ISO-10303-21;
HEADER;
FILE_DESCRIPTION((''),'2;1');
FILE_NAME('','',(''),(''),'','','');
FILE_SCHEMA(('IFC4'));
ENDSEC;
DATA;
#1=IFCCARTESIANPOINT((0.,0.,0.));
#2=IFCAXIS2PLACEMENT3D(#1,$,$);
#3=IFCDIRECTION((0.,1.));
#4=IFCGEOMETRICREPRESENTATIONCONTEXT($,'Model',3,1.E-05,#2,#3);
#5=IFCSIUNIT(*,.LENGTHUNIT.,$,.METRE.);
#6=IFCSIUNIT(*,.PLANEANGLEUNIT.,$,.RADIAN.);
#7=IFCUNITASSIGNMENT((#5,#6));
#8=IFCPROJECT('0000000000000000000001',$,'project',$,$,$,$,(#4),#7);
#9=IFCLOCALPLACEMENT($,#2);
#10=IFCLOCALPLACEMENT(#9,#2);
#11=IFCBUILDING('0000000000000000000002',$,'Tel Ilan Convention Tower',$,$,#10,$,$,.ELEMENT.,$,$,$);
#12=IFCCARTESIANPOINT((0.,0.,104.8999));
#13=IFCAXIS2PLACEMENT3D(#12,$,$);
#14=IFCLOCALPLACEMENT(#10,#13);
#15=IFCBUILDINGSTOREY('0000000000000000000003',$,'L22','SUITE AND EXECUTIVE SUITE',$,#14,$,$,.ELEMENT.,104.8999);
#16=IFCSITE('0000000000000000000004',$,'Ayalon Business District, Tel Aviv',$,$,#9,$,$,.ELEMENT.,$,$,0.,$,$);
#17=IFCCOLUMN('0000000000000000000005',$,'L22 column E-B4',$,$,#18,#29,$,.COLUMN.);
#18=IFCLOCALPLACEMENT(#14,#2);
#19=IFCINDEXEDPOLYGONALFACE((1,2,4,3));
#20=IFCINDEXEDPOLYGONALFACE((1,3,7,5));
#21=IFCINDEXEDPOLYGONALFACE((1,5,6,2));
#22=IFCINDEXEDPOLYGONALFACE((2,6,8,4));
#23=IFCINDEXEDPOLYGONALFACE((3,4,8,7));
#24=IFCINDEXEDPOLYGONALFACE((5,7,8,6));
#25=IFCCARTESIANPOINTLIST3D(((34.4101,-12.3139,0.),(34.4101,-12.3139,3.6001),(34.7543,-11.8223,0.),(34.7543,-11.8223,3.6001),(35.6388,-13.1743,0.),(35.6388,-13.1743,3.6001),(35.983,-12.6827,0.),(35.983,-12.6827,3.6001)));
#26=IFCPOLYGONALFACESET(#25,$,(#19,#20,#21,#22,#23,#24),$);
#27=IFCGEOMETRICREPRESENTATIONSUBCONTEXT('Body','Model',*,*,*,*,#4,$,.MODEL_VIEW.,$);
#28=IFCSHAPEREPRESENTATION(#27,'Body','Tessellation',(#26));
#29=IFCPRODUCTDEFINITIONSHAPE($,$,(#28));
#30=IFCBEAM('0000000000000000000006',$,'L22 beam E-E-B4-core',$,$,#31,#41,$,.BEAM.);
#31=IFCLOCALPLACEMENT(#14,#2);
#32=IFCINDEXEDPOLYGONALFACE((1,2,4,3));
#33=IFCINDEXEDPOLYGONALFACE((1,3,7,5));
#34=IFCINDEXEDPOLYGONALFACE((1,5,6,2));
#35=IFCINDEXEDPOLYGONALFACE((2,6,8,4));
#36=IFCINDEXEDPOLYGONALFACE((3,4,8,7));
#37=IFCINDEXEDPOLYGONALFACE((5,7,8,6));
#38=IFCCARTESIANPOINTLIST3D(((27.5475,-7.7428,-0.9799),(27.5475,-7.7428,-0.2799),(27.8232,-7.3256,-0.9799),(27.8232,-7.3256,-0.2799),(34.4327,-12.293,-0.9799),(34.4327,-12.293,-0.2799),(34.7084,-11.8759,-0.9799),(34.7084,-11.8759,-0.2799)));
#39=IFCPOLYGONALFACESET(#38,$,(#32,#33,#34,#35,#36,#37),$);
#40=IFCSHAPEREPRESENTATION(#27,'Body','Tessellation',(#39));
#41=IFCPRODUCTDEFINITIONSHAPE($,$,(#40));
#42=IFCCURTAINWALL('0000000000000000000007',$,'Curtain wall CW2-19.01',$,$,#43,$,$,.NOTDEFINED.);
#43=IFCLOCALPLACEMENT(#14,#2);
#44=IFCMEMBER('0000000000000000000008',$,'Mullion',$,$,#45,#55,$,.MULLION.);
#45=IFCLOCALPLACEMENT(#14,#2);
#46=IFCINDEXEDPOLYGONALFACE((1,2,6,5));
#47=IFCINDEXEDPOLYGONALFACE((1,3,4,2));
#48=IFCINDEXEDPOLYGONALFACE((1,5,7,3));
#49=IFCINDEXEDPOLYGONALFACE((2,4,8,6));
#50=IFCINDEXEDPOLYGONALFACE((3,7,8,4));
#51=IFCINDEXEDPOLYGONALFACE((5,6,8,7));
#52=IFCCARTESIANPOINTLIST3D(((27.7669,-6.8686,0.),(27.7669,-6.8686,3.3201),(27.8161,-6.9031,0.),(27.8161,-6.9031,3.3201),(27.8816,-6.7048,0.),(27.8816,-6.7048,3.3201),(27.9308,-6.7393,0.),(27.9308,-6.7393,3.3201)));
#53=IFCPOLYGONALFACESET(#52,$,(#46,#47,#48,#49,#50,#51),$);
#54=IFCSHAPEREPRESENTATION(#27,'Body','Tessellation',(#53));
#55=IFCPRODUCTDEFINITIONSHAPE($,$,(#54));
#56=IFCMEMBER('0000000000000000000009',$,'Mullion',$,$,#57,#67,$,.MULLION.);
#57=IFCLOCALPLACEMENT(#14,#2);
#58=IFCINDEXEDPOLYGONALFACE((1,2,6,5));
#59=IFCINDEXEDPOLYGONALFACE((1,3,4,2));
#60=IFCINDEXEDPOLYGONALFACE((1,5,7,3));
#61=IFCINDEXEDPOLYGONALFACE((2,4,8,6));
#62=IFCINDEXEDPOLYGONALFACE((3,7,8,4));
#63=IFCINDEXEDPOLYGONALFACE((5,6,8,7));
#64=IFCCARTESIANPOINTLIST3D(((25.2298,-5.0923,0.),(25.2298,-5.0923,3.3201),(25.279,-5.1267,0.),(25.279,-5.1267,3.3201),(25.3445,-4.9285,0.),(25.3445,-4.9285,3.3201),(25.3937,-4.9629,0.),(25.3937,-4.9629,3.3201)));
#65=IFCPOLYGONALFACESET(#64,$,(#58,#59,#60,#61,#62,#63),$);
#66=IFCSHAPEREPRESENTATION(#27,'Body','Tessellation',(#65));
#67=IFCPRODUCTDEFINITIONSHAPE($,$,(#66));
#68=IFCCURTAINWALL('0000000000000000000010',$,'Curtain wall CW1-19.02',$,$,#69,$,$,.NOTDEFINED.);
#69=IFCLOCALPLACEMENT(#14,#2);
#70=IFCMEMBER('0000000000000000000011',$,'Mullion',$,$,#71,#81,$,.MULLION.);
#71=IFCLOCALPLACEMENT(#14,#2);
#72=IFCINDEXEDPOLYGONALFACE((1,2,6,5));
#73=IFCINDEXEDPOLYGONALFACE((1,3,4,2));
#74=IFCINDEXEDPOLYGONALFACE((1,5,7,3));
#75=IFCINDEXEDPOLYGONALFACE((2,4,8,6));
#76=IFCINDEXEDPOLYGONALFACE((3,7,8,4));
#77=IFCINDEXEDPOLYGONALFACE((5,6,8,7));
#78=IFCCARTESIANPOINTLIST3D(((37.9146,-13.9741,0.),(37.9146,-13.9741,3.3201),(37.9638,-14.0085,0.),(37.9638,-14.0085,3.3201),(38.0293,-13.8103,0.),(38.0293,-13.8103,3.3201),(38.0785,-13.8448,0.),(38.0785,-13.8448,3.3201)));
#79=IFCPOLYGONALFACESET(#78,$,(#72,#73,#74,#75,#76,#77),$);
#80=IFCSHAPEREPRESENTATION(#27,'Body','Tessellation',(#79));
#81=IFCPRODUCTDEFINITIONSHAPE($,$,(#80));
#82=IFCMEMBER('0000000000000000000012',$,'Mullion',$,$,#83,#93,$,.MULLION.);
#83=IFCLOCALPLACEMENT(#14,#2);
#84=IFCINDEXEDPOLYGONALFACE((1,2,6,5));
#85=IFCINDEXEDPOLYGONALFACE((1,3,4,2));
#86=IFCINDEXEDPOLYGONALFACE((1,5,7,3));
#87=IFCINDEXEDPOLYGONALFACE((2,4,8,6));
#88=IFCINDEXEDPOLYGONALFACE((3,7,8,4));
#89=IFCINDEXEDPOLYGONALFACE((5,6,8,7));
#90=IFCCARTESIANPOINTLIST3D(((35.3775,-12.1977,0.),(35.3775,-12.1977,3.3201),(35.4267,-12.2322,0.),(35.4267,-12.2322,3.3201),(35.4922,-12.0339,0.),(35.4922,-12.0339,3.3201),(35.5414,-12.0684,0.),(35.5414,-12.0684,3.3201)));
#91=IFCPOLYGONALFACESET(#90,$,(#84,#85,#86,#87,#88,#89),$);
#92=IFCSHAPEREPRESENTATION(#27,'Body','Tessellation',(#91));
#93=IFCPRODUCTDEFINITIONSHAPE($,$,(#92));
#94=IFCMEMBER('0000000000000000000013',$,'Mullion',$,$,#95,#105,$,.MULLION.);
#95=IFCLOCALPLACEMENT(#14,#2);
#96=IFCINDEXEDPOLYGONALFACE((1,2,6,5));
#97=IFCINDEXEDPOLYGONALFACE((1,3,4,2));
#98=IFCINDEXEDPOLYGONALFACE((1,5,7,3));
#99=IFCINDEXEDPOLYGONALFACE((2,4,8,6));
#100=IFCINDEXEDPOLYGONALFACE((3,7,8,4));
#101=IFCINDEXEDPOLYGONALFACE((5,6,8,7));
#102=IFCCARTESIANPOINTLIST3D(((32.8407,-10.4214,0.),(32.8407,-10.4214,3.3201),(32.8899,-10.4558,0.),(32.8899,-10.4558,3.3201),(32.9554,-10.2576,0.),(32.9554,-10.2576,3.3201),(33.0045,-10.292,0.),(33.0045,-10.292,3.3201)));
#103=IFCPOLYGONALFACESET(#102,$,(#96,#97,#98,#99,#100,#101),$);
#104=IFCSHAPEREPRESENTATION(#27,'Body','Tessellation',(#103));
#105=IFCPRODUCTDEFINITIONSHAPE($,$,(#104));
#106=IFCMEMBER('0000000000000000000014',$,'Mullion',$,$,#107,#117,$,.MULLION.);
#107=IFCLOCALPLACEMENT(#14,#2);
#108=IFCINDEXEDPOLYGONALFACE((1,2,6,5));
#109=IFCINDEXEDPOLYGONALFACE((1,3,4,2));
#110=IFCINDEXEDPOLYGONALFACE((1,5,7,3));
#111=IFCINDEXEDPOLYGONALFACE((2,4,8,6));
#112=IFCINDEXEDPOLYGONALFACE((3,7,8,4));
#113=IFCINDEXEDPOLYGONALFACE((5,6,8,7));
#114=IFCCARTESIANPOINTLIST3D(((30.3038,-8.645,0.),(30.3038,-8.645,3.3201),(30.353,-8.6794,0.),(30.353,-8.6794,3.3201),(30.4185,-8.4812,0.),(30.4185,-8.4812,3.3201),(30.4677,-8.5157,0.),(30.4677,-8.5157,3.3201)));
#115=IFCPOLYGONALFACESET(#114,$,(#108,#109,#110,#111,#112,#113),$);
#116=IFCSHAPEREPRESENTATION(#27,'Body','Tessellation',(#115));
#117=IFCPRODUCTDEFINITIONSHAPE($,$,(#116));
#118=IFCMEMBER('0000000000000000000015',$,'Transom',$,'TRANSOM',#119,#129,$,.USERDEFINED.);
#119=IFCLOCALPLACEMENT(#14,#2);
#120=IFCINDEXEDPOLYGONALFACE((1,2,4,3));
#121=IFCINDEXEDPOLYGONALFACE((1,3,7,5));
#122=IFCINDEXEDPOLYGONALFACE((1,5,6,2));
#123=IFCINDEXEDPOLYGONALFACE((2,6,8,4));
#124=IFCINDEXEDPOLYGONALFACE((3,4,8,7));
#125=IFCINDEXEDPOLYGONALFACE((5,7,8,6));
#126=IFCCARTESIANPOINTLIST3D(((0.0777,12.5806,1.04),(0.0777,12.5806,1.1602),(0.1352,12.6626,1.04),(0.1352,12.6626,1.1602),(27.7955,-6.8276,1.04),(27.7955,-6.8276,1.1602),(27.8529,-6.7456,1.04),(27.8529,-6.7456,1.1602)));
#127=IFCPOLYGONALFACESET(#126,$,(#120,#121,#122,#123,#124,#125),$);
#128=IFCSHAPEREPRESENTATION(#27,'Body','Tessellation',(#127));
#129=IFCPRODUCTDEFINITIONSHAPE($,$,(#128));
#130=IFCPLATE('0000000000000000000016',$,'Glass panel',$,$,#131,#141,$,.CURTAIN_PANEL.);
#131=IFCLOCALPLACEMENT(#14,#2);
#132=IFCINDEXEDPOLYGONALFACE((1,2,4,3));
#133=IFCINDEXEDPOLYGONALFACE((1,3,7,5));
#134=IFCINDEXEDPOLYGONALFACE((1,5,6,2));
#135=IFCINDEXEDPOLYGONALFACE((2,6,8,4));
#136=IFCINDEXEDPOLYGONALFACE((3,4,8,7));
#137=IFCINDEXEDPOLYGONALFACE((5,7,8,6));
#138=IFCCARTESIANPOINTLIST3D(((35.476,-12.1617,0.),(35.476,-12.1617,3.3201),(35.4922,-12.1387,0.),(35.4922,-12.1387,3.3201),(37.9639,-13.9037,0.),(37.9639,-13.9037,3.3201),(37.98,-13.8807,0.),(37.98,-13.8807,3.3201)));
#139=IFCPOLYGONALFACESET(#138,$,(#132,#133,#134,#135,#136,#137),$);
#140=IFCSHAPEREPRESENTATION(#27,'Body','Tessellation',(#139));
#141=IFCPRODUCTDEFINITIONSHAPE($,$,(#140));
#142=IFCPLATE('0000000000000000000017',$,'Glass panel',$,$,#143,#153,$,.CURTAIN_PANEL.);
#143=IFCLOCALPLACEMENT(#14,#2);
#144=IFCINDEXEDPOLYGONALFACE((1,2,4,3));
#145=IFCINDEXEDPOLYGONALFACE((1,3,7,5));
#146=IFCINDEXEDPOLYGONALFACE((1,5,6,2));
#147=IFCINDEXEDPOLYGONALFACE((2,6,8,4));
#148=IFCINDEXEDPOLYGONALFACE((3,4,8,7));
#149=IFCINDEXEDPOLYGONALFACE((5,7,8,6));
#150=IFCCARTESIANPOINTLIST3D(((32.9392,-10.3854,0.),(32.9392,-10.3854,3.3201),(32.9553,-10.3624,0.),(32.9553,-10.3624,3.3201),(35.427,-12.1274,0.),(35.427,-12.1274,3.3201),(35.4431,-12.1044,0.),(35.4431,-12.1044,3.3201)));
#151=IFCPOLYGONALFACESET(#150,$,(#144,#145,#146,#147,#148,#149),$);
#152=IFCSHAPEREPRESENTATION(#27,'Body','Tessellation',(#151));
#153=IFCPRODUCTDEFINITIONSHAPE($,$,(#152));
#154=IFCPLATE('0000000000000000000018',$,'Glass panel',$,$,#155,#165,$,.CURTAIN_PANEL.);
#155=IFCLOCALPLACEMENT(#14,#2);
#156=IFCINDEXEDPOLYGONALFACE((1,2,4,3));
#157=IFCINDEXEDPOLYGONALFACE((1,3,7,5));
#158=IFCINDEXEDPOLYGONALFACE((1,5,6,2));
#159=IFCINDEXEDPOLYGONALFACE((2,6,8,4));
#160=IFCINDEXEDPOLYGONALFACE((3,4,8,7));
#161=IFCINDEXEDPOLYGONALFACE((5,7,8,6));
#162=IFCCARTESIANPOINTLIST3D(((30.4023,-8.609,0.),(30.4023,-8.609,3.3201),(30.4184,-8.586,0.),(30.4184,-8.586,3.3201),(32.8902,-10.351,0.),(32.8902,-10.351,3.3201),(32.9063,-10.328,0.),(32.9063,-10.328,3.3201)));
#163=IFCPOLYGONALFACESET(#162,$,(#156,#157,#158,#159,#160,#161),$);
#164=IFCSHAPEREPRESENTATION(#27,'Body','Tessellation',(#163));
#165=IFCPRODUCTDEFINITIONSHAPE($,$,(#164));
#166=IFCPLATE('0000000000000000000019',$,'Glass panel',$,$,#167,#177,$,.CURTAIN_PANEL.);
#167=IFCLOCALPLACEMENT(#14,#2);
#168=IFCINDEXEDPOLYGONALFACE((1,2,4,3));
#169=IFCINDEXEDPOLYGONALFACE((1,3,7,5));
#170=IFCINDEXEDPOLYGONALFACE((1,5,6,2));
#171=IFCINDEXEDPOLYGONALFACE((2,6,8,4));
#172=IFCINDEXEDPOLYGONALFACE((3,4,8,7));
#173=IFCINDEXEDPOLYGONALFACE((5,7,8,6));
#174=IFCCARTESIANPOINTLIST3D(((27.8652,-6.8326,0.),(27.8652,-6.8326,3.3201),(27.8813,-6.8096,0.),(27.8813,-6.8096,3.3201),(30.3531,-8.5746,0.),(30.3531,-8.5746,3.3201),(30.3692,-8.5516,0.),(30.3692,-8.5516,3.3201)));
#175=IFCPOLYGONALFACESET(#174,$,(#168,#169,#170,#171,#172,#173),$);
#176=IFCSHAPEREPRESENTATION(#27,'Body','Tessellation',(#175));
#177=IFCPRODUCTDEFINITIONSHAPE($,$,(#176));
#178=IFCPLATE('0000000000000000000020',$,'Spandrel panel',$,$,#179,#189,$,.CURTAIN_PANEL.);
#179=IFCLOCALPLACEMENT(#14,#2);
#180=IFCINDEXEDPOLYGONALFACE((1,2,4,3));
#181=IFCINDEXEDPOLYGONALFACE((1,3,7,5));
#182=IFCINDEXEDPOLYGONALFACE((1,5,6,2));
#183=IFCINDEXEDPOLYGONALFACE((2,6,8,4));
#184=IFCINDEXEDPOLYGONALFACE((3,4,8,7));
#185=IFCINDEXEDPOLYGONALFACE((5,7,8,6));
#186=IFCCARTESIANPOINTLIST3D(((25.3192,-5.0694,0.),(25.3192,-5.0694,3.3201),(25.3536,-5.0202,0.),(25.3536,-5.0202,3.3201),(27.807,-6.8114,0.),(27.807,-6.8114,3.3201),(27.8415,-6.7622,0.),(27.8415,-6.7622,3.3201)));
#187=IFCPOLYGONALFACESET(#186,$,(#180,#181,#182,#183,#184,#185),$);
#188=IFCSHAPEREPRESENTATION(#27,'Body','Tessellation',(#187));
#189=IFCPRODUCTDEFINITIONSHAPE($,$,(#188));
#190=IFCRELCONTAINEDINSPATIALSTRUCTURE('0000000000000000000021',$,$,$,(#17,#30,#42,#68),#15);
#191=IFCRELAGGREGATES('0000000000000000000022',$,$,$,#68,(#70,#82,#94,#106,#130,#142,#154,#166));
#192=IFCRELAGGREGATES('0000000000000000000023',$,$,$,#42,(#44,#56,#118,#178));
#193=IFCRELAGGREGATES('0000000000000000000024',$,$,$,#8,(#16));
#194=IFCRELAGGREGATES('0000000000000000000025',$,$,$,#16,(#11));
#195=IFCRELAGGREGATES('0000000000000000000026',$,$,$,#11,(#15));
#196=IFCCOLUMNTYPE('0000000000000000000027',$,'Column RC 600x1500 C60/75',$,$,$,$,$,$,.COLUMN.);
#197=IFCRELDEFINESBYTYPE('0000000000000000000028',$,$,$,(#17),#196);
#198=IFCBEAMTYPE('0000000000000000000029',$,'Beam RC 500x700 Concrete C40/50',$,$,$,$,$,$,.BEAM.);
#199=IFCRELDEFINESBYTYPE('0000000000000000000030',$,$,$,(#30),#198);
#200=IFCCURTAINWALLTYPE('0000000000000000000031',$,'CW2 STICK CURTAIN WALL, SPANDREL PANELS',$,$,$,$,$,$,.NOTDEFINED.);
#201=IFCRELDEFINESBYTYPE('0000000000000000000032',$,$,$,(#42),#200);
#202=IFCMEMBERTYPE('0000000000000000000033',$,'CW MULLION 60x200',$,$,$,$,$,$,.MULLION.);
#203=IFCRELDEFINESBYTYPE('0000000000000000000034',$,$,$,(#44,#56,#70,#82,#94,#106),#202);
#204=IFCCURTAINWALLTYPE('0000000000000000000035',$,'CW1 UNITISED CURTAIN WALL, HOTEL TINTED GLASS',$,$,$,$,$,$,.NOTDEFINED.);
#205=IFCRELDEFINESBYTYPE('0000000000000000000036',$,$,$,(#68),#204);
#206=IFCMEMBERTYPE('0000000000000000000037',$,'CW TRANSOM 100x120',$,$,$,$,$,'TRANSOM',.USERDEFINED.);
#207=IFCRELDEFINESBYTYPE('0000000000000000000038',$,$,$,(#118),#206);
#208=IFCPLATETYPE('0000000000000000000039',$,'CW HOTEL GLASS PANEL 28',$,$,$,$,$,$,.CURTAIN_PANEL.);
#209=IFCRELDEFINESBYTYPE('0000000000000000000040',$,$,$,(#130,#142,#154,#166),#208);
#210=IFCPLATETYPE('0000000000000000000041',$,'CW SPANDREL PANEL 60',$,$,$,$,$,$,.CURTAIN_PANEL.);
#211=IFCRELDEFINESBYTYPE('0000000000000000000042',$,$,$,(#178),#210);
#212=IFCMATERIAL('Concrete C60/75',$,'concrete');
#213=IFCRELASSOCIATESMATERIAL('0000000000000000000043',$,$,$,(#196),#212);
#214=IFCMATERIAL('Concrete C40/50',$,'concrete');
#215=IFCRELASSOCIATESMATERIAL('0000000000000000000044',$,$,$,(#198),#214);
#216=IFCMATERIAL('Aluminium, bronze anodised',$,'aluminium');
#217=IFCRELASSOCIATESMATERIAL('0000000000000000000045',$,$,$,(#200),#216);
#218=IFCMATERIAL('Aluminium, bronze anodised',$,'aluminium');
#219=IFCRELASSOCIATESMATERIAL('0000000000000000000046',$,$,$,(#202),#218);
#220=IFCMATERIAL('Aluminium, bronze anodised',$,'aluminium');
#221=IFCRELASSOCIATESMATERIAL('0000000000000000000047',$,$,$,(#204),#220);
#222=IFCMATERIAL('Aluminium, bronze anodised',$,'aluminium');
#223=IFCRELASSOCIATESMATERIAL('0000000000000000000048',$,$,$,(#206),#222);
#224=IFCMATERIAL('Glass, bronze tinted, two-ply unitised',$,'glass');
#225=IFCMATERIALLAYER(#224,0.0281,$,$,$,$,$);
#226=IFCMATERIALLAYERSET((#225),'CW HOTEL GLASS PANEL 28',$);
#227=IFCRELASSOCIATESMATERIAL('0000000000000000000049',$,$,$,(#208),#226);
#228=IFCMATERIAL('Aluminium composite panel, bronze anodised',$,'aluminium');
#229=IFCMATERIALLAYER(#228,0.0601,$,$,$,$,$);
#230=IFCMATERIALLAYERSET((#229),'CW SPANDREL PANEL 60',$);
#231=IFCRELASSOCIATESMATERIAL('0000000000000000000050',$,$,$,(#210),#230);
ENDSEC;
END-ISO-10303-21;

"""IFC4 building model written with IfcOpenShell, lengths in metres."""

from ifc_helpers import new_model, si_unit, direction, frame, origin, origin_2d, place, context, subcontext, project, spatial, rectangle, extrude, material, layer, layer_set, material_profile, profile_set, type_object, element, aggregate, save


model = new_model("IFC4")

# Units and contexts
model_context = context("Model", 3, precision=1e-05, world=origin(), true_north=direction((0.0, 1.0)))
body_context = subcontext(model_context, "Body", "Model", "MODEL_VIEW")
ifc_project = project(units=[si_unit("LENGTHUNIT", "METRE"), si_unit("PLANEANGLEUNIT", "RADIAN")], contexts=[model_context])

# Site, building, storey
site_placement = place(None, origin())
site = spatial("IfcSite", under=ifc_project, at=site_placement, Name="Ayalon Business District, Tel Aviv", CompositionType="ELEMENT", RefElevation=0.0)
building_placement = place(site_placement, origin())
building = spatial("IfcBuilding", under=site, at=building_placement, Name="Tel Ilan Convention Tower", CompositionType="ELEMENT")
storey_placement = place(building_placement, frame((0.0, 0.0, 104.8999)))
storey = spatial("IfcBuildingStorey", under=building, at=storey_placement, Name="L22", Description="SUITE AND EXECUTIVE SUITE", CompositionType="ELEMENT", Elevation=104.8999)

# Column
ifc_material_1 = material(Name="Concrete C60/75", Category="concrete")
ifc_material_profile_1 = material_profile(ifc_material_1, rectangle(XDim=1.5, YDim=0.6001, at=origin_2d()), Name="RC 600x1500")
ifc_profile_set_1 = profile_set([ifc_material_profile_1], Name="Concrete C60/75")
column_type = type_object("IfcColumnType", Name="Column RC 600x1500 C60/75", PredefinedType="COLUMN", material=ifc_profile_set_1)
column_placement = place(storey_placement, frame((35.1965, -12.4983, 0.0), z_axis=(0.0, 0.0, 1.0), x_axis=(0.819152, -0.573576, 0.0)))
element("IfcColumn", 1, at=column_placement, inside=storey, type_object=column_type, Name="L22 column E-B4", PredefinedType="COLUMN", context=body_context, shape_type="SweptSolid", body=[
    extrude(rectangle(XDim=1.5, YDim=0.6001, at=origin_2d()), origin(), (0.0, 0.0, 1.0), 3.6001),
])

# Beam
ifc_material_2 = material(Name="Concrete C40/50", Category="concrete")
ifc_material_profile_2 = material_profile(ifc_material_2, rectangle(XDim=0.5, YDim=0.7, at=origin_2d()), Name="RC 500x700")
ifc_profile_set_2 = profile_set([ifc_material_profile_2], Name="Concrete C40/50")
beam_type = type_object("IfcBeamType", Name="Beam RC 500x700 Concrete C40/50", PredefinedType="BEAM", material=ifc_profile_set_2)
beam_placement = place(storey_placement, frame((34.5706, -12.0845, -0.6299), z_axis=(-0.834274, 0.551351, 0.0), x_axis=(-0.551351, -0.834274, 0.0)))
element("IfcBeam", 2, at=beam_placement, inside=storey, type_object=beam_type, Name="L22 beam E-E-B4-core", PredefinedType="BEAM", context=body_context, shape_type="SweptSolid", body=[
    extrude(rectangle(XDim=0.5, YDim=0.7, at=origin_2d()), origin(), (0.0, 0.0, 1.0), 8.2529),
])

# Curtain walls, members
ifc_material_3 = material(Name="Aluminium, bronze anodised", Category="aluminium")
curtain_wall_type_1 = type_object("IfcCurtainWallType", Name="CW2 STICK CURTAIN WALL, SPANDREL PANELS", PredefinedType="NOTDEFINED", material=ifc_material_3)
curtain_wall_1_placement = place(storey_placement, origin())
curtain_wall_1 = element("IfcCurtainWall", 3, at=curtain_wall_1_placement, inside=storey, type_object=curtain_wall_type_1, Name="Curtain wall CW2-19.01", PredefinedType="NOTDEFINED")
ifc_material_4 = material(Name="Aluminium, bronze anodised", Category="aluminium")
ifc_material_profile_3 = material_profile(ifc_material_4, rectangle(XDim=0.0601, YDim=0.2, at=origin_2d()), Name="CW MULLION 60x200")
ifc_profile_set_3 = profile_set([ifc_material_profile_3], Name="Aluminium, bronze anodised")
member_type_1 = type_object("IfcMemberType", Name="CW MULLION 60x200", PredefinedType="MULLION", material=ifc_profile_set_3)
member_1_placement = place(storey_placement, frame((27.8489, -6.804, 0.0), z_axis=(0.0, 0.0, 1.0), x_axis=(-0.819152, 0.573576, 0.0)))
member_1 = element("IfcMember", 4, at=member_1_placement, type_object=member_type_1, Name="Mullion", PredefinedType="MULLION", context=body_context, shape_type="SweptSolid", body=[
    extrude(rectangle(XDim=0.0601, YDim=0.2, at=origin_2d()), origin(), (0.0, 0.0, 1.0), 3.3201),
])
member_2_placement = place(storey_placement, frame((25.3118, -5.0276, 0.0), z_axis=(0.0, 0.0, 1.0), x_axis=(-0.819152, 0.573576, 0.0)))
member_2 = element("IfcMember", 5, at=member_2_placement, type_object=member_type_1, Name="Mullion", PredefinedType="MULLION", context=body_context, shape_type="SweptSolid", body=[
    extrude(rectangle(XDim=0.0601, YDim=0.2, at=origin_2d()), origin(), (0.0, 0.0, 1.0), 3.3201),
])
ifc_material_5 = material(Name="Aluminium, bronze anodised", Category="aluminium")
curtain_wall_type_2 = type_object("IfcCurtainWallType", Name="CW1 UNITISED CURTAIN WALL, HOTEL TINTED GLASS", PredefinedType="NOTDEFINED", material=ifc_material_5)
curtain_wall_2_placement = place(storey_placement, origin())
curtain_wall_2 = element("IfcCurtainWall", 6, at=curtain_wall_2_placement, inside=storey, type_object=curtain_wall_type_2, Name="Curtain wall CW1-19.02", PredefinedType="NOTDEFINED")
member_3_placement = place(storey_placement, frame((37.9966, -13.9094, 0.0), z_axis=(0.0, 0.0, 1.0), x_axis=(-0.819152, 0.573576, 0.0)))
member_3 = element("IfcMember", 7, at=member_3_placement, type_object=member_type_1, Name="Mullion", PredefinedType="MULLION", context=body_context, shape_type="SweptSolid", body=[
    extrude(rectangle(XDim=0.0601, YDim=0.2, at=origin_2d()), origin(), (0.0, 0.0, 1.0), 3.3201),
])
member_4_placement = place(storey_placement, frame((35.4595, -12.1331, 0.0), z_axis=(0.0, 0.0, 1.0), x_axis=(-0.819152, 0.573576, 0.0)))
member_4 = element("IfcMember", 8, at=member_4_placement, type_object=member_type_1, Name="Mullion", PredefinedType="MULLION", context=body_context, shape_type="SweptSolid", body=[
    extrude(rectangle(XDim=0.0601, YDim=0.2, at=origin_2d()), origin(), (0.0, 0.0, 1.0), 3.3201),
])
member_5_placement = place(storey_placement, frame((32.9226, -10.3567, 0.0), z_axis=(0.0, 0.0, 1.0), x_axis=(-0.819152, 0.573576, 0.0)))
member_5 = element("IfcMember", 9, at=member_5_placement, type_object=member_type_1, Name="Mullion", PredefinedType="MULLION", context=body_context, shape_type="SweptSolid", body=[
    extrude(rectangle(XDim=0.0601, YDim=0.2, at=origin_2d()), origin(), (0.0, 0.0, 1.0), 3.3201),
])
member_6_placement = place(storey_placement, frame((30.3857, -8.5803, 0.0), z_axis=(0.0, 0.0, 1.0), x_axis=(-0.819152, 0.573576, 0.0)))
member_6 = element("IfcMember", 10, at=member_6_placement, type_object=member_type_1, Name="Mullion", PredefinedType="MULLION", context=body_context, shape_type="SweptSolid", body=[
    extrude(rectangle(XDim=0.0601, YDim=0.2, at=origin_2d()), origin(), (0.0, 0.0, 1.0), 3.3201),
])

# Member
ifc_material_6 = material(Name="Aluminium, bronze anodised", Category="aluminium")
ifc_material_profile_4 = material_profile(ifc_material_6, rectangle(XDim=0.1001, YDim=0.1201, at=origin_2d()), Name="CW TRANSOM 100x120")
ifc_profile_set_4 = profile_set([ifc_material_profile_4], Name="Aluminium, bronze anodised")
member_type_2 = type_object("IfcMemberType", Name="CW TRANSOM 100x120", ElementType="TRANSOM", PredefinedType="USERDEFINED", material=ifc_profile_set_4)
member_7_placement = place(storey_placement, frame((27.8242, -6.7866, 1.1001), z_axis=(-0.819152, 0.573577, 0.0), x_axis=(-0.573577, -0.819152, 0.0)))
member_7 = element("IfcMember", 11, at=member_7_placement, type_object=member_type_2, Name="Transom", ObjectType="TRANSOM", PredefinedType="USERDEFINED", context=body_context, shape_type="SweptSolid", body=[
    extrude(rectangle(XDim=0.1001, YDim=0.1201, at=origin_2d()), origin(), (0.0, 0.0, 1.0), 33.8372),
])

# Plates
ifc_material_7 = material(Name="Glass, bronze tinted, two-ply unitised", Category="glass")
ifc_layer_1 = layer(ifc_material_7, 0.0281)
ifc_layer_set_1 = layer_set([ifc_layer_1], Name="CW HOTEL GLASS PANEL 28")
plate_type_1 = type_object("IfcPlateType", Name="CW HOTEL GLASS PANEL 28", PredefinedType="CURTAIN_PANEL", material=ifc_layer_set_1)
plate_1_placement = place(storey_placement, frame((36.728, -13.0212, 0.0), z_axis=(0.0, 0.0, 1.0), x_axis=(-0.819152, 0.573576, 0.0)))
plate_1 = element("IfcPlate", 12, at=plate_1_placement, type_object=plate_type_1, Name="Glass panel", PredefinedType="CURTAIN_PANEL", context=body_context, shape_type="SweptSolid", body=[
    extrude(rectangle(XDim=3.0371, YDim=0.0281, at=origin_2d()), origin(), (0.0, 0.0, 1.0), 3.3201),
])
plate_2_placement = place(storey_placement, frame((34.1912, -11.2449, 0.0), z_axis=(0.0, 0.0, 1.0), x_axis=(-0.819152, 0.573576, 0.0)))
plate_2 = element("IfcPlate", 13, at=plate_2_placement, type_object=plate_type_1, Name="Glass panel", PredefinedType="CURTAIN_PANEL", context=body_context, shape_type="SweptSolid", body=[
    extrude(rectangle(XDim=3.0371, YDim=0.0281, at=origin_2d()), origin(), (0.0, 0.0, 1.0), 3.3201),
])
plate_3_placement = place(storey_placement, frame((31.6543, -9.4685, 0.0), z_axis=(0.0, 0.0, 1.0), x_axis=(-0.819152, 0.573576, 0.0)))
plate_3 = element("IfcPlate", 14, at=plate_3_placement, type_object=plate_type_1, Name="Glass panel", PredefinedType="CURTAIN_PANEL", context=body_context, shape_type="SweptSolid", body=[
    extrude(rectangle(XDim=3.0371, YDim=0.0281, at=origin_2d()), origin(), (0.0, 0.0, 1.0), 3.3201),
])
plate_4_placement = place(storey_placement, frame((29.1172, -7.6921, 0.0), z_axis=(0.0, 0.0, 1.0), x_axis=(-0.819152, 0.573576, 0.0)))
plate_4 = element("IfcPlate", 15, at=plate_4_placement, type_object=plate_type_1, Name="Glass panel", PredefinedType="CURTAIN_PANEL", context=body_context, shape_type="SweptSolid", body=[
    extrude(rectangle(XDim=3.0371, YDim=0.0281, at=origin_2d()), origin(), (0.0, 0.0, 1.0), 3.3201),
])
aggregate(curtain_wall_2, [member_3, member_4, member_5, member_6, plate_1, plate_2, plate_3, plate_4])
ifc_material_8 = material(Name="Aluminium composite panel, bronze anodised", Category="aluminium")
ifc_layer_2 = layer(ifc_material_8, 0.0601)
ifc_layer_set_2 = layer_set([ifc_layer_2], Name="CW SPANDREL PANEL 60")
plate_type_2 = type_object("IfcPlateType", Name="CW SPANDREL PANEL 60", PredefinedType="CURTAIN_PANEL", material=ifc_layer_set_2)
plate_5_placement = place(storey_placement, frame((26.5803, -5.9158, 0.0), z_axis=(0.0, 0.0, 1.0), x_axis=(-0.819152, 0.573576, 0.0)))
plate_5 = element("IfcPlate", 16, at=plate_5_placement, type_object=plate_type_2, Name="Spandrel panel", PredefinedType="CURTAIN_PANEL", context=body_context, shape_type="SweptSolid", body=[
    extrude(rectangle(XDim=3.0371, YDim=0.0601, at=origin_2d()), origin(), (0.0, 0.0, 1.0), 3.3201),
])
aggregate(curtain_wall_1, [member_1, member_2, member_7, plate_5])

save(model, "model.ifc")
